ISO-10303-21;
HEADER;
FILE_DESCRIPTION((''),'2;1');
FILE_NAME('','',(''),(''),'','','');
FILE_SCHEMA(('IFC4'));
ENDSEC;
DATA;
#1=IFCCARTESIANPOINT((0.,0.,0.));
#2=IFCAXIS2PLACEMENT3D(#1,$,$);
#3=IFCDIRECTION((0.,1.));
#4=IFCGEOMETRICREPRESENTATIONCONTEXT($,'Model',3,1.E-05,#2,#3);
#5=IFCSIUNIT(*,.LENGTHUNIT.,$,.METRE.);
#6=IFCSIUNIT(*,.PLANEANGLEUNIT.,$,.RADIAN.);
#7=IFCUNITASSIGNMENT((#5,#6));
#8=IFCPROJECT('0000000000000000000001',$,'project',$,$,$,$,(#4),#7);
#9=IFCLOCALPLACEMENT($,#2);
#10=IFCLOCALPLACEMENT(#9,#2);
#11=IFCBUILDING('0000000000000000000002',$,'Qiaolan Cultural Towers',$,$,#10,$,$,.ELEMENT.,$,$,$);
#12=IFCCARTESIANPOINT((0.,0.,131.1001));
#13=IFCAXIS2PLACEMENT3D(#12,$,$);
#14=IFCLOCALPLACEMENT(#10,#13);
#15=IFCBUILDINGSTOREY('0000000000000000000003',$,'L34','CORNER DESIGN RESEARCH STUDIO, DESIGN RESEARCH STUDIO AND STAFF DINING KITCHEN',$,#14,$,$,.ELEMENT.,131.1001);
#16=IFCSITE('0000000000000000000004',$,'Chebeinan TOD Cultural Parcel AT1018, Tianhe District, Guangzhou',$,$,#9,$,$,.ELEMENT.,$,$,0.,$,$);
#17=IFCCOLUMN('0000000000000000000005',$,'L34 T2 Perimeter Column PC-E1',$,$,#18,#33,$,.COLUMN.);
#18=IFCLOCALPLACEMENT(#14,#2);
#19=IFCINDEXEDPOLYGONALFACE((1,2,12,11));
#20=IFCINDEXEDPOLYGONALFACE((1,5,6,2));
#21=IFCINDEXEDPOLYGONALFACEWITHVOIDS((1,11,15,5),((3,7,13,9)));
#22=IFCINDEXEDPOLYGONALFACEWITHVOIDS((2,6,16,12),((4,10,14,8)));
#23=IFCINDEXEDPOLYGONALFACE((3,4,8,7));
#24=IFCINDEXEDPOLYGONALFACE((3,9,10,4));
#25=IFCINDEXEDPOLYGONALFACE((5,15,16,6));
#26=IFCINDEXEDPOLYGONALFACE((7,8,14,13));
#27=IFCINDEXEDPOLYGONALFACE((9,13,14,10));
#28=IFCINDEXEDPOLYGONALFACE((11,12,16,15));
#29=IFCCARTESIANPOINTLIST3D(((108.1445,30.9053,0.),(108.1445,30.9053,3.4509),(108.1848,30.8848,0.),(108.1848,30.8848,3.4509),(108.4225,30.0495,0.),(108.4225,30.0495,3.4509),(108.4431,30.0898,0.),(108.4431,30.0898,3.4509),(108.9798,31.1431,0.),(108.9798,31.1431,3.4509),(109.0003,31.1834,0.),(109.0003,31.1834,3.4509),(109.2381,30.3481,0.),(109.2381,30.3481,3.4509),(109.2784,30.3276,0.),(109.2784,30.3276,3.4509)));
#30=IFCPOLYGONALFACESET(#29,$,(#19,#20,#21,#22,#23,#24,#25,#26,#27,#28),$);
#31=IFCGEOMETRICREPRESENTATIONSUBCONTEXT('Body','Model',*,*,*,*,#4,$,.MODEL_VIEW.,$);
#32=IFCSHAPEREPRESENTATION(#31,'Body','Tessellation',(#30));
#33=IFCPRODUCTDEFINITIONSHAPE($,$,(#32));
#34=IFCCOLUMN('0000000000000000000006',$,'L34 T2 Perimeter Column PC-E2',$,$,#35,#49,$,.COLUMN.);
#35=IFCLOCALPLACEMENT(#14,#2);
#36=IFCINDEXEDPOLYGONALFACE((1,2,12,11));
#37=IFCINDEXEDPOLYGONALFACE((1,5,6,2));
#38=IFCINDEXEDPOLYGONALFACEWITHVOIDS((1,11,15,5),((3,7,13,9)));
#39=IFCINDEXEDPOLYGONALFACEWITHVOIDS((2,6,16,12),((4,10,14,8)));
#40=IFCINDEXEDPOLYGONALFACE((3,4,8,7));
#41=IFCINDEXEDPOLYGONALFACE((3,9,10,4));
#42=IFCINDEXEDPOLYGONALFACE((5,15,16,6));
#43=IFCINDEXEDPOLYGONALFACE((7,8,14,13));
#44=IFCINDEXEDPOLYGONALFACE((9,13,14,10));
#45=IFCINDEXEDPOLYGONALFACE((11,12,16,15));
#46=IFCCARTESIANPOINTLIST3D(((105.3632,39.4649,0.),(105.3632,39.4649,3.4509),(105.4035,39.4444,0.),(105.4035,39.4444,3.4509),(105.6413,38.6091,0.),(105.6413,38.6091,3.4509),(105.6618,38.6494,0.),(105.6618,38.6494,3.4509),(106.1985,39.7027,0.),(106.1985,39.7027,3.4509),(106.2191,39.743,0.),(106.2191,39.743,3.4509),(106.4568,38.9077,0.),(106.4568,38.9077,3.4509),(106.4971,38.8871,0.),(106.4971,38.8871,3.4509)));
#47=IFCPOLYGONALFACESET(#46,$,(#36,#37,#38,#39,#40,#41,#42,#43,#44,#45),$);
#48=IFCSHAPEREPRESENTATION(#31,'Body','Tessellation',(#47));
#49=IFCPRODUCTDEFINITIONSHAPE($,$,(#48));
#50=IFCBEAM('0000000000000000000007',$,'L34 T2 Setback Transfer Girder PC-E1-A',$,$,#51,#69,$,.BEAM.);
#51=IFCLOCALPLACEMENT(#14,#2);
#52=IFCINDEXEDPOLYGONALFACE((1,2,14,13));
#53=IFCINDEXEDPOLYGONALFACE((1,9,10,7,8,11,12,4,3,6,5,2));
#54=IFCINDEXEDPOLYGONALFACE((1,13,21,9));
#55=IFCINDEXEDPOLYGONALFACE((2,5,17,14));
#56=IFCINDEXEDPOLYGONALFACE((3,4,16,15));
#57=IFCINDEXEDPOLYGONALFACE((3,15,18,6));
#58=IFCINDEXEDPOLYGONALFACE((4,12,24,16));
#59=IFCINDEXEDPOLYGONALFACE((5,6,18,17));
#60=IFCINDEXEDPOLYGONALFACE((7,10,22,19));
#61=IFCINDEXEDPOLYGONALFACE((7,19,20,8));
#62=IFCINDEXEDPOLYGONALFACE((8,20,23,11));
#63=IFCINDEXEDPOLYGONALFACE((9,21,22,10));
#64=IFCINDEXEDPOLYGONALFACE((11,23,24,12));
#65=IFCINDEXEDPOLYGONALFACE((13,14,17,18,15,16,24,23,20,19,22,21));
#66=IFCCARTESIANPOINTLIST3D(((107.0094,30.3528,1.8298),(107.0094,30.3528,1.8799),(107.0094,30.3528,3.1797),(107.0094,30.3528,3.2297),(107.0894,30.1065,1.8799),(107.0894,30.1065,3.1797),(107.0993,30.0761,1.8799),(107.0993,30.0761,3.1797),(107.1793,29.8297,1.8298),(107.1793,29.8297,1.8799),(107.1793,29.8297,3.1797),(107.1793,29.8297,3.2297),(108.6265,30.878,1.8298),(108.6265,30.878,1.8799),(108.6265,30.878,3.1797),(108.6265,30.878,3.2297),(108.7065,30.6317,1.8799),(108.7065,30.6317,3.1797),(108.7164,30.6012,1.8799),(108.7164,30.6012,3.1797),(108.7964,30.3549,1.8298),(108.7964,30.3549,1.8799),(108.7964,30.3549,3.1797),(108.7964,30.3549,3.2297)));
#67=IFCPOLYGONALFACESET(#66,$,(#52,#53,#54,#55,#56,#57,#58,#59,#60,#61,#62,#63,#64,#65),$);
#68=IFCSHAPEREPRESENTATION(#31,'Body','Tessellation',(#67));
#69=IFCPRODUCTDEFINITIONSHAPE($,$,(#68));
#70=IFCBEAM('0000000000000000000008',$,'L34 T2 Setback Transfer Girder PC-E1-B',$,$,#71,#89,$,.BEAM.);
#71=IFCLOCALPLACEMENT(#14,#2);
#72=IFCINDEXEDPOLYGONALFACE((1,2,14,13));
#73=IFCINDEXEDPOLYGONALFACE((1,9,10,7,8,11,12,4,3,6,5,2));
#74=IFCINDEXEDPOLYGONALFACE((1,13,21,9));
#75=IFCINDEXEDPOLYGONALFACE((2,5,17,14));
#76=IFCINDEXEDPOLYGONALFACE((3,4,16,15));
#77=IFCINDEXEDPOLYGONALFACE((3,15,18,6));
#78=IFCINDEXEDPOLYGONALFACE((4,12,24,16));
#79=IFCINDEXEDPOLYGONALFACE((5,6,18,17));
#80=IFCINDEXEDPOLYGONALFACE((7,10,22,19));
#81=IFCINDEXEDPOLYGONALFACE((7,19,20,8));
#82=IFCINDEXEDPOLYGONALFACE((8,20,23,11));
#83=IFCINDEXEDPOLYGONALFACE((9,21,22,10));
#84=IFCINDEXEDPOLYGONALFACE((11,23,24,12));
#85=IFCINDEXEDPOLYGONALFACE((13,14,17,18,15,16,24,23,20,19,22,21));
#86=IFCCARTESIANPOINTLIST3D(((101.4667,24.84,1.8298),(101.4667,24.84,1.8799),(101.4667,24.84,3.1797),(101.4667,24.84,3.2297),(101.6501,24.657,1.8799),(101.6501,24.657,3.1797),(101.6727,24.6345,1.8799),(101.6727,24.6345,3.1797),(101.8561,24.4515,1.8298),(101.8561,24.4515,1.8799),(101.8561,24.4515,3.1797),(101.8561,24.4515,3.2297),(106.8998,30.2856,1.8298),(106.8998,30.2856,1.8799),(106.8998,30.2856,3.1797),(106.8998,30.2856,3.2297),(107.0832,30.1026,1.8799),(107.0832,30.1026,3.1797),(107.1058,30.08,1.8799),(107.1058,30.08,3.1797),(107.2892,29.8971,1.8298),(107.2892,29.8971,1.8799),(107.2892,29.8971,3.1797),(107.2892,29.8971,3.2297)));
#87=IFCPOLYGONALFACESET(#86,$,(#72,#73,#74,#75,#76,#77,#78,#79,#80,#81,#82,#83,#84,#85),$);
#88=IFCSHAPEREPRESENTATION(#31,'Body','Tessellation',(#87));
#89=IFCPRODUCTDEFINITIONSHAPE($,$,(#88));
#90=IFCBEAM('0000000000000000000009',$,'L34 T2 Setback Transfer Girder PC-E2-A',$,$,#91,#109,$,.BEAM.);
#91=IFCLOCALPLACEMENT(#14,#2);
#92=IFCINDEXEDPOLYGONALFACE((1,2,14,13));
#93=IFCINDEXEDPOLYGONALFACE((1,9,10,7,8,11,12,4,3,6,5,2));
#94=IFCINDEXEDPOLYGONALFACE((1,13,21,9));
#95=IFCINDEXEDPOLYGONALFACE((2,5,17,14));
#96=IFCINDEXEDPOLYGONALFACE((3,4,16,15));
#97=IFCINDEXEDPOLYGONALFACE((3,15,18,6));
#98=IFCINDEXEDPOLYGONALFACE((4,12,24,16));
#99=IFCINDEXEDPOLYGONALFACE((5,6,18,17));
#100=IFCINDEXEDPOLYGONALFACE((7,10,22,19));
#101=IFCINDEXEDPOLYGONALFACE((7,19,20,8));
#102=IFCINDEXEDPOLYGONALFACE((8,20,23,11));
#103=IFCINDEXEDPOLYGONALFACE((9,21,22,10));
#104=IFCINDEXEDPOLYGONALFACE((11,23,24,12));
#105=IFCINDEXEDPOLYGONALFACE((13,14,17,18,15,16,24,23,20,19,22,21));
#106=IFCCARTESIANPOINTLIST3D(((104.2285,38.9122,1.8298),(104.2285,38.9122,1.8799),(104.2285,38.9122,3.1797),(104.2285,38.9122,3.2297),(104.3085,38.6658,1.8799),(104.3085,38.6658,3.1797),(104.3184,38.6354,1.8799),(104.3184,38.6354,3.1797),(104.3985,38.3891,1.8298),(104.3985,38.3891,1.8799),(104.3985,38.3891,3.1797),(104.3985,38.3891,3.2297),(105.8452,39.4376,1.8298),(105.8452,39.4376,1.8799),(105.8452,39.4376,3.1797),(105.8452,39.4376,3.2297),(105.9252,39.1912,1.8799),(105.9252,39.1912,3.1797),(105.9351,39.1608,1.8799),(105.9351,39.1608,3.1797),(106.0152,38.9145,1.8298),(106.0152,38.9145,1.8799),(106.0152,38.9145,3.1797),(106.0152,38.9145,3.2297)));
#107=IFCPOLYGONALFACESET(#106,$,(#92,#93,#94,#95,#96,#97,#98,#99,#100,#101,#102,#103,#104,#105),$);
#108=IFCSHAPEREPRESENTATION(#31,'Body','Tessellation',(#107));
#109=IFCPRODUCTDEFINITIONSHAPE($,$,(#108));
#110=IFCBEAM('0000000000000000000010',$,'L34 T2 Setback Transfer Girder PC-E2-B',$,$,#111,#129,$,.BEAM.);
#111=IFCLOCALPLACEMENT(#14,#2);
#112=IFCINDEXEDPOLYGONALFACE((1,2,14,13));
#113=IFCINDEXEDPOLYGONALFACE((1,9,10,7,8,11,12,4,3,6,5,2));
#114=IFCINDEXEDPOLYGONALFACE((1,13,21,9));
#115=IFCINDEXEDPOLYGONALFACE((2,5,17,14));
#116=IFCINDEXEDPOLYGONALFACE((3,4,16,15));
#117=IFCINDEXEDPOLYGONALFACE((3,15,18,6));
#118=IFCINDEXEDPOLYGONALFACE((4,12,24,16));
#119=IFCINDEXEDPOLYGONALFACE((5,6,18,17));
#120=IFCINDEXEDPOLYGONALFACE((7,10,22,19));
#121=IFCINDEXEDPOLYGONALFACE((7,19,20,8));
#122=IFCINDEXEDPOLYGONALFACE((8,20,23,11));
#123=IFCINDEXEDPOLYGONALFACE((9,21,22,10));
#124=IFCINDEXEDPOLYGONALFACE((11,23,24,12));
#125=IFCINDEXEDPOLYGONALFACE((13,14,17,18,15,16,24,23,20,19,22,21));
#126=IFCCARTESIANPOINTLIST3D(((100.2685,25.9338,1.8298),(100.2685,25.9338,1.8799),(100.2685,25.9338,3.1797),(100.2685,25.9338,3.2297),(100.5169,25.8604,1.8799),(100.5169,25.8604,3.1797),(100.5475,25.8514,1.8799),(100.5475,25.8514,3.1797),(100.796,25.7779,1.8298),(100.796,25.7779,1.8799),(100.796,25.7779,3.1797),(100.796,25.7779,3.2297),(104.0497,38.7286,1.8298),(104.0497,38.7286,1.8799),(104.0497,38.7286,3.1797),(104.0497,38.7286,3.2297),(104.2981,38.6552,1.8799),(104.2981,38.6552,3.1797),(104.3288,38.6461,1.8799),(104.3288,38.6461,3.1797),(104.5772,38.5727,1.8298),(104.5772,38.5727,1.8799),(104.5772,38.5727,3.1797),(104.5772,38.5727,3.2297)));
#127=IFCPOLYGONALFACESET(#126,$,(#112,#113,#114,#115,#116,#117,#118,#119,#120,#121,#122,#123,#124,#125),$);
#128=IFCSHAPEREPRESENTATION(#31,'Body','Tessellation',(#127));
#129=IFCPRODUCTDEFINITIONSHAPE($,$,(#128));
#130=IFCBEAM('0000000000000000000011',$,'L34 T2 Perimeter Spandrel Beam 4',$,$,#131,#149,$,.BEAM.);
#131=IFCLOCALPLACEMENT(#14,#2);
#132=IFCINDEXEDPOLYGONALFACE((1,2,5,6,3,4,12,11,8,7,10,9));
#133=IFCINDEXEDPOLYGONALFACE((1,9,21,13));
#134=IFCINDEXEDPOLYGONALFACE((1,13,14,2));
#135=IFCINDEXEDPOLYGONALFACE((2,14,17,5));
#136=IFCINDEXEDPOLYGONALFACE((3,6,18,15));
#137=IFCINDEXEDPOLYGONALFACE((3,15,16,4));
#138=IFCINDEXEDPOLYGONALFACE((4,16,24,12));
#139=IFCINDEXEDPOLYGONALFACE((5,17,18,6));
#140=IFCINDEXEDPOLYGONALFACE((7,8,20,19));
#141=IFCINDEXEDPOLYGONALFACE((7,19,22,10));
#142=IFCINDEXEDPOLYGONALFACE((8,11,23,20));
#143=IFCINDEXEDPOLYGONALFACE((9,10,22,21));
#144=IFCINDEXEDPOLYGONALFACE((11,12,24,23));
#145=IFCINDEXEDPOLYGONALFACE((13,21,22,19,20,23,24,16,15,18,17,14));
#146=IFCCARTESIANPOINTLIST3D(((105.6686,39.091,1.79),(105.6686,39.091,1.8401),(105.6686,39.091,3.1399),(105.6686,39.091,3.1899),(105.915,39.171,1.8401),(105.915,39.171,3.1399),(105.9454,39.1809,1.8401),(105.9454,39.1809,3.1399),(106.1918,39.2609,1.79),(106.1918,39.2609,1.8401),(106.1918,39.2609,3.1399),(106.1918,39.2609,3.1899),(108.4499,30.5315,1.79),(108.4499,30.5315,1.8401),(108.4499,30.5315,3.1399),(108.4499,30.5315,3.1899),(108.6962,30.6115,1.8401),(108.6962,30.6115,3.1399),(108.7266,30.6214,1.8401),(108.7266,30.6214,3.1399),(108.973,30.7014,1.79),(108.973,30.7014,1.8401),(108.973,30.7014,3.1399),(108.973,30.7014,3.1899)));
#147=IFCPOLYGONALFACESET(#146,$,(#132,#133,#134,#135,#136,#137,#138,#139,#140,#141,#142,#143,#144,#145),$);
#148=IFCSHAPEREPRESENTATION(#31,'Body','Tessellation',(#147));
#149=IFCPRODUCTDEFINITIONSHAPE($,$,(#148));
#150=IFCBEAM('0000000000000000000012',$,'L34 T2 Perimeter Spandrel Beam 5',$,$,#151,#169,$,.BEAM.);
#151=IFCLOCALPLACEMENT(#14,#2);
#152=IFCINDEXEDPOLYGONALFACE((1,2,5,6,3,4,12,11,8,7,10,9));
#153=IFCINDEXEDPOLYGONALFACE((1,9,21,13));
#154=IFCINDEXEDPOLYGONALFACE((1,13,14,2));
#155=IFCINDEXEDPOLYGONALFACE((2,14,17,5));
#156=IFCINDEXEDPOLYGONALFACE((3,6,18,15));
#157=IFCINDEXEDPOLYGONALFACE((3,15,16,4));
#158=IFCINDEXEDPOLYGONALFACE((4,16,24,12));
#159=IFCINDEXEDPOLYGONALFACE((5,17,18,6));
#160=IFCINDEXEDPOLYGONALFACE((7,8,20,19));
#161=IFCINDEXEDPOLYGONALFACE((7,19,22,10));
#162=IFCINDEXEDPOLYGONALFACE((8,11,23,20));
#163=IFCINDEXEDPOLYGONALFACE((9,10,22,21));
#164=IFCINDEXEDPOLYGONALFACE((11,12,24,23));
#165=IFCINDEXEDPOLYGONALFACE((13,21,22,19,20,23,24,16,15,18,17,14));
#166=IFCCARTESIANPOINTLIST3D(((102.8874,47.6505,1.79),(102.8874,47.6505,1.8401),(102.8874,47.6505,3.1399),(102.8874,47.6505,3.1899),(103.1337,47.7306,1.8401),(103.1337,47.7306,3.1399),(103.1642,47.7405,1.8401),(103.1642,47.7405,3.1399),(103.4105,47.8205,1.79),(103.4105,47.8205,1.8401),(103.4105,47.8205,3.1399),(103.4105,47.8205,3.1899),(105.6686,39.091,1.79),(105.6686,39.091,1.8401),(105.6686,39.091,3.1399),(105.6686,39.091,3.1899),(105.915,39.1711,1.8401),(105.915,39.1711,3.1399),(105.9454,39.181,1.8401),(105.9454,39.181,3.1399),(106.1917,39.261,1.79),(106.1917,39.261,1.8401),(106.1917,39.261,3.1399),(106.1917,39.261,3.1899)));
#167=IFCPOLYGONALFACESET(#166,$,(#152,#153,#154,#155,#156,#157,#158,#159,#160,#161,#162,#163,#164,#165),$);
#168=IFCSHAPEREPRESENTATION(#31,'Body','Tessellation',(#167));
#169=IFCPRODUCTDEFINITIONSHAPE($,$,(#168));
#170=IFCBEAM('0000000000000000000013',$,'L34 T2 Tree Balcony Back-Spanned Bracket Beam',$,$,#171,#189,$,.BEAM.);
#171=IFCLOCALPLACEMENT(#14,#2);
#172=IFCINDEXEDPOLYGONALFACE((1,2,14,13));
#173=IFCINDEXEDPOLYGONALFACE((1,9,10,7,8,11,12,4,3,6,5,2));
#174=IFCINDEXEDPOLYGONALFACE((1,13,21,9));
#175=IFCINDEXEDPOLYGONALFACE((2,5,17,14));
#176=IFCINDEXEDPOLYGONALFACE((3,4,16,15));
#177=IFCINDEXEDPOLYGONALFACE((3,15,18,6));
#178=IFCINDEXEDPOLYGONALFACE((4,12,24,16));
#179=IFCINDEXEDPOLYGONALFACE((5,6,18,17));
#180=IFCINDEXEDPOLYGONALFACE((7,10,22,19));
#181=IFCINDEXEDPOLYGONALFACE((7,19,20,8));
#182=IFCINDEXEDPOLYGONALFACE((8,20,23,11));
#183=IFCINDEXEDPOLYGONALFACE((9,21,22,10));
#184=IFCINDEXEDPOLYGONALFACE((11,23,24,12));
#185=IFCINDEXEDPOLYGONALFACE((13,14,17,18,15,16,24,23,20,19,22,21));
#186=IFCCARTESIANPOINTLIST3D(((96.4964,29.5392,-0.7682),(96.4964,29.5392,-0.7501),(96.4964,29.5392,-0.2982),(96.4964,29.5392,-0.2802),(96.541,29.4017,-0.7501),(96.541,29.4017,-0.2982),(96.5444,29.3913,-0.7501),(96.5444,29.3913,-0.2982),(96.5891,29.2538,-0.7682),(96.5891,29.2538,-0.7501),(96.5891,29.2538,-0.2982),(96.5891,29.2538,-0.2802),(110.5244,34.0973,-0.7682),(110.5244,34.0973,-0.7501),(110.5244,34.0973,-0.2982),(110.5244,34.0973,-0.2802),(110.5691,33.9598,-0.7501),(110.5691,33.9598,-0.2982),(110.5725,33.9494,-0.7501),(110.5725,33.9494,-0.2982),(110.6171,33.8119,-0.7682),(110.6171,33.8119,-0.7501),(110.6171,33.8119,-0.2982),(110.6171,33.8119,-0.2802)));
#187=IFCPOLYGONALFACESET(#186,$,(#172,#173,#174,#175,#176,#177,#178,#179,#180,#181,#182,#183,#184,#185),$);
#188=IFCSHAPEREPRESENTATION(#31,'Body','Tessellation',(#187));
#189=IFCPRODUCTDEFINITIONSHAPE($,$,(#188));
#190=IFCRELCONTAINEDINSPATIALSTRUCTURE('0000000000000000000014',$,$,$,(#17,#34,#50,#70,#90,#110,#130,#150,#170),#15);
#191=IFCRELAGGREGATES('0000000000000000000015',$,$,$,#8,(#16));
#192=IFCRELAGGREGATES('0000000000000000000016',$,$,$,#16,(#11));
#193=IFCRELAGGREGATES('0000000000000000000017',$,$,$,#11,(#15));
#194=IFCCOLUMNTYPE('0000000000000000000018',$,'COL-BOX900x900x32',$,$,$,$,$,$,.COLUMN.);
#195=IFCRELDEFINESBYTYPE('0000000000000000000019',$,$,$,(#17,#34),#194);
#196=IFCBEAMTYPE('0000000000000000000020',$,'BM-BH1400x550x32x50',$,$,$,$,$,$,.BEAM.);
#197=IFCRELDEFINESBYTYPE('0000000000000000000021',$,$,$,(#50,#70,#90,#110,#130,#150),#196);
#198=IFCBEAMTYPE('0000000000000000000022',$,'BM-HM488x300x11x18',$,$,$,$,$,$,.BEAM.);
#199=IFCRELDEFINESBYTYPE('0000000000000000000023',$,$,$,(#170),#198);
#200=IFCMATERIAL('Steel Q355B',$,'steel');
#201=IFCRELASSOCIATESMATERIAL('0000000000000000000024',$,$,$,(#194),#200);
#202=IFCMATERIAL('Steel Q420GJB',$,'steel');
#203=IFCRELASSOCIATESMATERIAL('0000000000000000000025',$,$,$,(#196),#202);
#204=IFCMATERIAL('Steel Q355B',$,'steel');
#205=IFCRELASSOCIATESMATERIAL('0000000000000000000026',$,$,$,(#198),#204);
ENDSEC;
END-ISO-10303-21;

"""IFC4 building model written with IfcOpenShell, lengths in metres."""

from ifc_helpers import new_model, si_unit, direction, frame, origin, origin_2d, place, context, subcontext, project, spatial, hollow_rectangle, i_section, extrude, material, material_profile, profile_set, type_object, element, save


model = new_model("IFC4")

# Units and contexts
model_context = context("Model", 3, precision=1e-05, world=origin(), true_north=direction((0.0, 1.0)))
body_context = subcontext(model_context, "Body", "Model", "MODEL_VIEW")
ifc_project = project(units=[si_unit("LENGTHUNIT", "METRE"), si_unit("PLANEANGLEUNIT", "RADIAN")], contexts=[model_context])

# Site, building, storey
site_placement = place(None, origin())
site = spatial("IfcSite", under=ifc_project, at=site_placement, Name="Chebeinan TOD Cultural Parcel AT1018, Tianhe District, Guangzhou", CompositionType="ELEMENT", RefElevation=0.0)
building_placement = place(site_placement, origin())
building = spatial("IfcBuilding", under=site, at=building_placement, Name="Qiaolan Cultural Towers", CompositionType="ELEMENT")
storey_placement = place(building_placement, frame((0.0, 0.0, 131.1001)))
storey = spatial("IfcBuildingStorey", under=building, at=storey_placement, Name="L34", Description="CORNER DESIGN RESEARCH STUDIO, DESIGN RESEARCH STUDIO AND STAFF DINING KITCHEN", CompositionType="ELEMENT", Elevation=131.1001)

# Columns
ifc_material_1 = material(Name="Steel Q355B", Category="steel")
ifc_material_profile_1 = material_profile(ifc_material_1, hollow_rectangle(XDim=0.8999, YDim=0.8999, WallThickness=0.032, at=origin_2d()), Name="BOX900x900x32")
ifc_profile_set_1 = profile_set([ifc_material_profile_1], Name="Steel Q355B")
column_type = type_object("IfcColumnType", Name="COL-BOX900x900x32", PredefinedType="COLUMN", material=ifc_profile_set_1)
for number, where, z_axis, x_axis, name in (
    (1, (108.7114, 30.6165, 0.0), (0.0, 0.0, 1.0), (0.951057, 0.309017, 0.0), "L34 T2 Perimeter Column PC-E1"),
    (2, (105.9302, 39.176, 0.0), (0.0, 0.0, 1.0), (0.951057, 0.309017, 0.0), "L34 T2 Perimeter Column PC-E2"),
):
    element("IfcColumn", number, at=place(storey_placement, frame(where, z_axis=z_axis, x_axis=x_axis)), inside=storey, type_object=column_type, Name=name, PredefinedType="COLUMN", context=body_context, shape_type="SweptSolid", body=[
        extrude(hollow_rectangle(XDim=0.8999, YDim=0.8999, WallThickness=0.032, at=origin_2d()), origin(), (0.0, 0.0, 1.0), 3.4509),
    ])

# Beams
ifc_material_2 = material(Name="Steel Q420GJB", Category="steel")
ifc_material_profile_2 = material_profile(ifc_material_2, i_section(OverallWidth=0.55, OverallDepth=1.3999, WebThickness=0.032, FlangeThickness=0.05, at=origin_2d()), Name="BH1400x550x32x50")
ifc_profile_set_2 = profile_set([ifc_material_profile_2], Name="Steel Q420GJB")
beam_type_1 = type_object("IfcBeamType", Name="BM-BH1400x550x32x50", PredefinedType="BEAM", material=ifc_profile_set_2)
beam_1_placement = place(storey_placement, frame((108.7114, 30.6165, 2.5298), z_axis=(-0.951096, -0.308894, 0.0), x_axis=(0.308894, -0.951096, 0.0)))
element("IfcBeam", 3, at=beam_1_placement, inside=storey, type_object=beam_type_1, Name="L34 T2 Setback Transfer Girder PC-E1-A", PredefinedType="BEAM", context=body_context, shape_type="SweptSolid", body=[
    extrude(i_section(OverallWidth=0.55, OverallDepth=1.3999, WebThickness=0.032, FlangeThickness=0.05, at=origin_2d()), origin(), (0.0, 0.0, 1.0), 1.7002),
])
beam_2_placement = place(storey_placement, frame((107.0945, 30.0913, 2.5298), z_axis=(-0.706297, -0.707916, 0.0), x_axis=(0.707916, -0.706297, 0.0)))
element("IfcBeam", 4, at=beam_2_placement, inside=storey, type_object=beam_type_1, Name="L34 T2 Setback Transfer Girder PC-E1-B", PredefinedType="BEAM", context=body_context, shape_type="SweptSolid", body=[
    extrude(i_section(OverallWidth=0.55, OverallDepth=1.3999, WebThickness=0.032, FlangeThickness=0.05, at=origin_2d()), origin(), (0.0, 0.0, 1.0), 7.6924),
])
beam_3_placement = place(storey_placement, frame((105.9302, 39.176, 2.5298), z_axis=(-0.95104, -0.309067, 0.0), x_axis=(0.309067, -0.95104, 0.0)))
element("IfcBeam", 5, at=beam_3_placement, inside=storey, type_object=beam_type_1, Name="L34 T2 Setback Transfer Girder PC-E2-A", PredefinedType="BEAM", context=body_context, shape_type="SweptSolid", body=[
    extrude(i_section(OverallWidth=0.55, OverallDepth=1.3999, WebThickness=0.032, FlangeThickness=0.05, at=origin_2d()), origin(), (0.0, 0.0, 1.0), 1.7),
])
beam_4_placement = place(storey_placement, frame((104.3135, 38.6506, 2.5298), z_axis=(-0.283415, -0.958997, 0.0), x_axis=(0.958997, -0.283415, 0.0)))
element("IfcBeam", 6, at=beam_4_placement, inside=storey, type_object=beam_type_1, Name="L34 T2 Setback Transfer Girder PC-E2-B", PredefinedType="BEAM", context=body_context, shape_type="SweptSolid", body=[
    extrude(i_section(OverallWidth=0.55, OverallDepth=1.3999, WebThickness=0.032, FlangeThickness=0.05, at=origin_2d()), origin(), (0.0, 0.0, 1.0), 13.3418),
])
for number, where, z_axis, x_axis, name in (
    (7, (108.7114, 30.6165, 2.49), (-0.309025, 0.951054, 0.0), (-0.951054, -0.309025, 0.0), "L34 T2 Perimeter Spandrel Beam 4"),
    (8, (105.9302, 39.176, 2.49), (-0.309025, 0.951054, 0.0), (-0.951054, -0.309025, 0.0), "L34 T2 Perimeter Spandrel Beam 5"),
):
    element("IfcBeam", number, at=place(storey_placement, frame(where, z_axis=z_axis, x_axis=x_axis)), inside=storey, type_object=beam_type_1, Name=name, PredefinedType="BEAM", context=body_context, shape_type="SweptSolid", body=[
        extrude(i_section(OverallWidth=0.55, OverallDepth=1.3999, WebThickness=0.032, FlangeThickness=0.05, at=origin_2d()), origin(), (0.0, 0.0, 1.0), 9.0),
    ])
ifc_material_3 = material(Name="Steel Q355B", Category="steel")
ifc_material_profile_3 = material_profile(ifc_material_3, i_section(OverallWidth=0.3, OverallDepth=0.488, WebThickness=0.011, FlangeThickness=0.0181, at=origin_2d()), Name="HM488x300x11x18")
ifc_profile_set_3 = profile_set([ifc_material_profile_3], Name="Steel Q355B")
beam_type_2 = type_object("IfcBeamType", Name="BM-HM488x300x11x18", PredefinedType="BEAM", material=ifc_profile_set_3)
for number, where, z_axis, x_axis, name in (
    (9, (96.5427, 29.3965, -0.5242), (0.951054, 0.309024, 0.0), (-0.309024, 0.951054, 0.0), "L34 T2 Tree Balcony Back-Spanned Bracket Beam"),
):
    element("IfcBeam", number, at=place(storey_placement, frame(where, z_axis=z_axis, x_axis=x_axis)), inside=storey, type_object=beam_type_2, Name=name, PredefinedType="BEAM", context=body_context, shape_type="SweptSolid", body=[
        extrude(i_section(OverallWidth=0.3, OverallDepth=0.488, WebThickness=0.011, FlangeThickness=0.0181, at=origin_2d()), origin(), (0.0, 0.0, 1.0), 14.75),
    ])

save(model, "model.ifc")
